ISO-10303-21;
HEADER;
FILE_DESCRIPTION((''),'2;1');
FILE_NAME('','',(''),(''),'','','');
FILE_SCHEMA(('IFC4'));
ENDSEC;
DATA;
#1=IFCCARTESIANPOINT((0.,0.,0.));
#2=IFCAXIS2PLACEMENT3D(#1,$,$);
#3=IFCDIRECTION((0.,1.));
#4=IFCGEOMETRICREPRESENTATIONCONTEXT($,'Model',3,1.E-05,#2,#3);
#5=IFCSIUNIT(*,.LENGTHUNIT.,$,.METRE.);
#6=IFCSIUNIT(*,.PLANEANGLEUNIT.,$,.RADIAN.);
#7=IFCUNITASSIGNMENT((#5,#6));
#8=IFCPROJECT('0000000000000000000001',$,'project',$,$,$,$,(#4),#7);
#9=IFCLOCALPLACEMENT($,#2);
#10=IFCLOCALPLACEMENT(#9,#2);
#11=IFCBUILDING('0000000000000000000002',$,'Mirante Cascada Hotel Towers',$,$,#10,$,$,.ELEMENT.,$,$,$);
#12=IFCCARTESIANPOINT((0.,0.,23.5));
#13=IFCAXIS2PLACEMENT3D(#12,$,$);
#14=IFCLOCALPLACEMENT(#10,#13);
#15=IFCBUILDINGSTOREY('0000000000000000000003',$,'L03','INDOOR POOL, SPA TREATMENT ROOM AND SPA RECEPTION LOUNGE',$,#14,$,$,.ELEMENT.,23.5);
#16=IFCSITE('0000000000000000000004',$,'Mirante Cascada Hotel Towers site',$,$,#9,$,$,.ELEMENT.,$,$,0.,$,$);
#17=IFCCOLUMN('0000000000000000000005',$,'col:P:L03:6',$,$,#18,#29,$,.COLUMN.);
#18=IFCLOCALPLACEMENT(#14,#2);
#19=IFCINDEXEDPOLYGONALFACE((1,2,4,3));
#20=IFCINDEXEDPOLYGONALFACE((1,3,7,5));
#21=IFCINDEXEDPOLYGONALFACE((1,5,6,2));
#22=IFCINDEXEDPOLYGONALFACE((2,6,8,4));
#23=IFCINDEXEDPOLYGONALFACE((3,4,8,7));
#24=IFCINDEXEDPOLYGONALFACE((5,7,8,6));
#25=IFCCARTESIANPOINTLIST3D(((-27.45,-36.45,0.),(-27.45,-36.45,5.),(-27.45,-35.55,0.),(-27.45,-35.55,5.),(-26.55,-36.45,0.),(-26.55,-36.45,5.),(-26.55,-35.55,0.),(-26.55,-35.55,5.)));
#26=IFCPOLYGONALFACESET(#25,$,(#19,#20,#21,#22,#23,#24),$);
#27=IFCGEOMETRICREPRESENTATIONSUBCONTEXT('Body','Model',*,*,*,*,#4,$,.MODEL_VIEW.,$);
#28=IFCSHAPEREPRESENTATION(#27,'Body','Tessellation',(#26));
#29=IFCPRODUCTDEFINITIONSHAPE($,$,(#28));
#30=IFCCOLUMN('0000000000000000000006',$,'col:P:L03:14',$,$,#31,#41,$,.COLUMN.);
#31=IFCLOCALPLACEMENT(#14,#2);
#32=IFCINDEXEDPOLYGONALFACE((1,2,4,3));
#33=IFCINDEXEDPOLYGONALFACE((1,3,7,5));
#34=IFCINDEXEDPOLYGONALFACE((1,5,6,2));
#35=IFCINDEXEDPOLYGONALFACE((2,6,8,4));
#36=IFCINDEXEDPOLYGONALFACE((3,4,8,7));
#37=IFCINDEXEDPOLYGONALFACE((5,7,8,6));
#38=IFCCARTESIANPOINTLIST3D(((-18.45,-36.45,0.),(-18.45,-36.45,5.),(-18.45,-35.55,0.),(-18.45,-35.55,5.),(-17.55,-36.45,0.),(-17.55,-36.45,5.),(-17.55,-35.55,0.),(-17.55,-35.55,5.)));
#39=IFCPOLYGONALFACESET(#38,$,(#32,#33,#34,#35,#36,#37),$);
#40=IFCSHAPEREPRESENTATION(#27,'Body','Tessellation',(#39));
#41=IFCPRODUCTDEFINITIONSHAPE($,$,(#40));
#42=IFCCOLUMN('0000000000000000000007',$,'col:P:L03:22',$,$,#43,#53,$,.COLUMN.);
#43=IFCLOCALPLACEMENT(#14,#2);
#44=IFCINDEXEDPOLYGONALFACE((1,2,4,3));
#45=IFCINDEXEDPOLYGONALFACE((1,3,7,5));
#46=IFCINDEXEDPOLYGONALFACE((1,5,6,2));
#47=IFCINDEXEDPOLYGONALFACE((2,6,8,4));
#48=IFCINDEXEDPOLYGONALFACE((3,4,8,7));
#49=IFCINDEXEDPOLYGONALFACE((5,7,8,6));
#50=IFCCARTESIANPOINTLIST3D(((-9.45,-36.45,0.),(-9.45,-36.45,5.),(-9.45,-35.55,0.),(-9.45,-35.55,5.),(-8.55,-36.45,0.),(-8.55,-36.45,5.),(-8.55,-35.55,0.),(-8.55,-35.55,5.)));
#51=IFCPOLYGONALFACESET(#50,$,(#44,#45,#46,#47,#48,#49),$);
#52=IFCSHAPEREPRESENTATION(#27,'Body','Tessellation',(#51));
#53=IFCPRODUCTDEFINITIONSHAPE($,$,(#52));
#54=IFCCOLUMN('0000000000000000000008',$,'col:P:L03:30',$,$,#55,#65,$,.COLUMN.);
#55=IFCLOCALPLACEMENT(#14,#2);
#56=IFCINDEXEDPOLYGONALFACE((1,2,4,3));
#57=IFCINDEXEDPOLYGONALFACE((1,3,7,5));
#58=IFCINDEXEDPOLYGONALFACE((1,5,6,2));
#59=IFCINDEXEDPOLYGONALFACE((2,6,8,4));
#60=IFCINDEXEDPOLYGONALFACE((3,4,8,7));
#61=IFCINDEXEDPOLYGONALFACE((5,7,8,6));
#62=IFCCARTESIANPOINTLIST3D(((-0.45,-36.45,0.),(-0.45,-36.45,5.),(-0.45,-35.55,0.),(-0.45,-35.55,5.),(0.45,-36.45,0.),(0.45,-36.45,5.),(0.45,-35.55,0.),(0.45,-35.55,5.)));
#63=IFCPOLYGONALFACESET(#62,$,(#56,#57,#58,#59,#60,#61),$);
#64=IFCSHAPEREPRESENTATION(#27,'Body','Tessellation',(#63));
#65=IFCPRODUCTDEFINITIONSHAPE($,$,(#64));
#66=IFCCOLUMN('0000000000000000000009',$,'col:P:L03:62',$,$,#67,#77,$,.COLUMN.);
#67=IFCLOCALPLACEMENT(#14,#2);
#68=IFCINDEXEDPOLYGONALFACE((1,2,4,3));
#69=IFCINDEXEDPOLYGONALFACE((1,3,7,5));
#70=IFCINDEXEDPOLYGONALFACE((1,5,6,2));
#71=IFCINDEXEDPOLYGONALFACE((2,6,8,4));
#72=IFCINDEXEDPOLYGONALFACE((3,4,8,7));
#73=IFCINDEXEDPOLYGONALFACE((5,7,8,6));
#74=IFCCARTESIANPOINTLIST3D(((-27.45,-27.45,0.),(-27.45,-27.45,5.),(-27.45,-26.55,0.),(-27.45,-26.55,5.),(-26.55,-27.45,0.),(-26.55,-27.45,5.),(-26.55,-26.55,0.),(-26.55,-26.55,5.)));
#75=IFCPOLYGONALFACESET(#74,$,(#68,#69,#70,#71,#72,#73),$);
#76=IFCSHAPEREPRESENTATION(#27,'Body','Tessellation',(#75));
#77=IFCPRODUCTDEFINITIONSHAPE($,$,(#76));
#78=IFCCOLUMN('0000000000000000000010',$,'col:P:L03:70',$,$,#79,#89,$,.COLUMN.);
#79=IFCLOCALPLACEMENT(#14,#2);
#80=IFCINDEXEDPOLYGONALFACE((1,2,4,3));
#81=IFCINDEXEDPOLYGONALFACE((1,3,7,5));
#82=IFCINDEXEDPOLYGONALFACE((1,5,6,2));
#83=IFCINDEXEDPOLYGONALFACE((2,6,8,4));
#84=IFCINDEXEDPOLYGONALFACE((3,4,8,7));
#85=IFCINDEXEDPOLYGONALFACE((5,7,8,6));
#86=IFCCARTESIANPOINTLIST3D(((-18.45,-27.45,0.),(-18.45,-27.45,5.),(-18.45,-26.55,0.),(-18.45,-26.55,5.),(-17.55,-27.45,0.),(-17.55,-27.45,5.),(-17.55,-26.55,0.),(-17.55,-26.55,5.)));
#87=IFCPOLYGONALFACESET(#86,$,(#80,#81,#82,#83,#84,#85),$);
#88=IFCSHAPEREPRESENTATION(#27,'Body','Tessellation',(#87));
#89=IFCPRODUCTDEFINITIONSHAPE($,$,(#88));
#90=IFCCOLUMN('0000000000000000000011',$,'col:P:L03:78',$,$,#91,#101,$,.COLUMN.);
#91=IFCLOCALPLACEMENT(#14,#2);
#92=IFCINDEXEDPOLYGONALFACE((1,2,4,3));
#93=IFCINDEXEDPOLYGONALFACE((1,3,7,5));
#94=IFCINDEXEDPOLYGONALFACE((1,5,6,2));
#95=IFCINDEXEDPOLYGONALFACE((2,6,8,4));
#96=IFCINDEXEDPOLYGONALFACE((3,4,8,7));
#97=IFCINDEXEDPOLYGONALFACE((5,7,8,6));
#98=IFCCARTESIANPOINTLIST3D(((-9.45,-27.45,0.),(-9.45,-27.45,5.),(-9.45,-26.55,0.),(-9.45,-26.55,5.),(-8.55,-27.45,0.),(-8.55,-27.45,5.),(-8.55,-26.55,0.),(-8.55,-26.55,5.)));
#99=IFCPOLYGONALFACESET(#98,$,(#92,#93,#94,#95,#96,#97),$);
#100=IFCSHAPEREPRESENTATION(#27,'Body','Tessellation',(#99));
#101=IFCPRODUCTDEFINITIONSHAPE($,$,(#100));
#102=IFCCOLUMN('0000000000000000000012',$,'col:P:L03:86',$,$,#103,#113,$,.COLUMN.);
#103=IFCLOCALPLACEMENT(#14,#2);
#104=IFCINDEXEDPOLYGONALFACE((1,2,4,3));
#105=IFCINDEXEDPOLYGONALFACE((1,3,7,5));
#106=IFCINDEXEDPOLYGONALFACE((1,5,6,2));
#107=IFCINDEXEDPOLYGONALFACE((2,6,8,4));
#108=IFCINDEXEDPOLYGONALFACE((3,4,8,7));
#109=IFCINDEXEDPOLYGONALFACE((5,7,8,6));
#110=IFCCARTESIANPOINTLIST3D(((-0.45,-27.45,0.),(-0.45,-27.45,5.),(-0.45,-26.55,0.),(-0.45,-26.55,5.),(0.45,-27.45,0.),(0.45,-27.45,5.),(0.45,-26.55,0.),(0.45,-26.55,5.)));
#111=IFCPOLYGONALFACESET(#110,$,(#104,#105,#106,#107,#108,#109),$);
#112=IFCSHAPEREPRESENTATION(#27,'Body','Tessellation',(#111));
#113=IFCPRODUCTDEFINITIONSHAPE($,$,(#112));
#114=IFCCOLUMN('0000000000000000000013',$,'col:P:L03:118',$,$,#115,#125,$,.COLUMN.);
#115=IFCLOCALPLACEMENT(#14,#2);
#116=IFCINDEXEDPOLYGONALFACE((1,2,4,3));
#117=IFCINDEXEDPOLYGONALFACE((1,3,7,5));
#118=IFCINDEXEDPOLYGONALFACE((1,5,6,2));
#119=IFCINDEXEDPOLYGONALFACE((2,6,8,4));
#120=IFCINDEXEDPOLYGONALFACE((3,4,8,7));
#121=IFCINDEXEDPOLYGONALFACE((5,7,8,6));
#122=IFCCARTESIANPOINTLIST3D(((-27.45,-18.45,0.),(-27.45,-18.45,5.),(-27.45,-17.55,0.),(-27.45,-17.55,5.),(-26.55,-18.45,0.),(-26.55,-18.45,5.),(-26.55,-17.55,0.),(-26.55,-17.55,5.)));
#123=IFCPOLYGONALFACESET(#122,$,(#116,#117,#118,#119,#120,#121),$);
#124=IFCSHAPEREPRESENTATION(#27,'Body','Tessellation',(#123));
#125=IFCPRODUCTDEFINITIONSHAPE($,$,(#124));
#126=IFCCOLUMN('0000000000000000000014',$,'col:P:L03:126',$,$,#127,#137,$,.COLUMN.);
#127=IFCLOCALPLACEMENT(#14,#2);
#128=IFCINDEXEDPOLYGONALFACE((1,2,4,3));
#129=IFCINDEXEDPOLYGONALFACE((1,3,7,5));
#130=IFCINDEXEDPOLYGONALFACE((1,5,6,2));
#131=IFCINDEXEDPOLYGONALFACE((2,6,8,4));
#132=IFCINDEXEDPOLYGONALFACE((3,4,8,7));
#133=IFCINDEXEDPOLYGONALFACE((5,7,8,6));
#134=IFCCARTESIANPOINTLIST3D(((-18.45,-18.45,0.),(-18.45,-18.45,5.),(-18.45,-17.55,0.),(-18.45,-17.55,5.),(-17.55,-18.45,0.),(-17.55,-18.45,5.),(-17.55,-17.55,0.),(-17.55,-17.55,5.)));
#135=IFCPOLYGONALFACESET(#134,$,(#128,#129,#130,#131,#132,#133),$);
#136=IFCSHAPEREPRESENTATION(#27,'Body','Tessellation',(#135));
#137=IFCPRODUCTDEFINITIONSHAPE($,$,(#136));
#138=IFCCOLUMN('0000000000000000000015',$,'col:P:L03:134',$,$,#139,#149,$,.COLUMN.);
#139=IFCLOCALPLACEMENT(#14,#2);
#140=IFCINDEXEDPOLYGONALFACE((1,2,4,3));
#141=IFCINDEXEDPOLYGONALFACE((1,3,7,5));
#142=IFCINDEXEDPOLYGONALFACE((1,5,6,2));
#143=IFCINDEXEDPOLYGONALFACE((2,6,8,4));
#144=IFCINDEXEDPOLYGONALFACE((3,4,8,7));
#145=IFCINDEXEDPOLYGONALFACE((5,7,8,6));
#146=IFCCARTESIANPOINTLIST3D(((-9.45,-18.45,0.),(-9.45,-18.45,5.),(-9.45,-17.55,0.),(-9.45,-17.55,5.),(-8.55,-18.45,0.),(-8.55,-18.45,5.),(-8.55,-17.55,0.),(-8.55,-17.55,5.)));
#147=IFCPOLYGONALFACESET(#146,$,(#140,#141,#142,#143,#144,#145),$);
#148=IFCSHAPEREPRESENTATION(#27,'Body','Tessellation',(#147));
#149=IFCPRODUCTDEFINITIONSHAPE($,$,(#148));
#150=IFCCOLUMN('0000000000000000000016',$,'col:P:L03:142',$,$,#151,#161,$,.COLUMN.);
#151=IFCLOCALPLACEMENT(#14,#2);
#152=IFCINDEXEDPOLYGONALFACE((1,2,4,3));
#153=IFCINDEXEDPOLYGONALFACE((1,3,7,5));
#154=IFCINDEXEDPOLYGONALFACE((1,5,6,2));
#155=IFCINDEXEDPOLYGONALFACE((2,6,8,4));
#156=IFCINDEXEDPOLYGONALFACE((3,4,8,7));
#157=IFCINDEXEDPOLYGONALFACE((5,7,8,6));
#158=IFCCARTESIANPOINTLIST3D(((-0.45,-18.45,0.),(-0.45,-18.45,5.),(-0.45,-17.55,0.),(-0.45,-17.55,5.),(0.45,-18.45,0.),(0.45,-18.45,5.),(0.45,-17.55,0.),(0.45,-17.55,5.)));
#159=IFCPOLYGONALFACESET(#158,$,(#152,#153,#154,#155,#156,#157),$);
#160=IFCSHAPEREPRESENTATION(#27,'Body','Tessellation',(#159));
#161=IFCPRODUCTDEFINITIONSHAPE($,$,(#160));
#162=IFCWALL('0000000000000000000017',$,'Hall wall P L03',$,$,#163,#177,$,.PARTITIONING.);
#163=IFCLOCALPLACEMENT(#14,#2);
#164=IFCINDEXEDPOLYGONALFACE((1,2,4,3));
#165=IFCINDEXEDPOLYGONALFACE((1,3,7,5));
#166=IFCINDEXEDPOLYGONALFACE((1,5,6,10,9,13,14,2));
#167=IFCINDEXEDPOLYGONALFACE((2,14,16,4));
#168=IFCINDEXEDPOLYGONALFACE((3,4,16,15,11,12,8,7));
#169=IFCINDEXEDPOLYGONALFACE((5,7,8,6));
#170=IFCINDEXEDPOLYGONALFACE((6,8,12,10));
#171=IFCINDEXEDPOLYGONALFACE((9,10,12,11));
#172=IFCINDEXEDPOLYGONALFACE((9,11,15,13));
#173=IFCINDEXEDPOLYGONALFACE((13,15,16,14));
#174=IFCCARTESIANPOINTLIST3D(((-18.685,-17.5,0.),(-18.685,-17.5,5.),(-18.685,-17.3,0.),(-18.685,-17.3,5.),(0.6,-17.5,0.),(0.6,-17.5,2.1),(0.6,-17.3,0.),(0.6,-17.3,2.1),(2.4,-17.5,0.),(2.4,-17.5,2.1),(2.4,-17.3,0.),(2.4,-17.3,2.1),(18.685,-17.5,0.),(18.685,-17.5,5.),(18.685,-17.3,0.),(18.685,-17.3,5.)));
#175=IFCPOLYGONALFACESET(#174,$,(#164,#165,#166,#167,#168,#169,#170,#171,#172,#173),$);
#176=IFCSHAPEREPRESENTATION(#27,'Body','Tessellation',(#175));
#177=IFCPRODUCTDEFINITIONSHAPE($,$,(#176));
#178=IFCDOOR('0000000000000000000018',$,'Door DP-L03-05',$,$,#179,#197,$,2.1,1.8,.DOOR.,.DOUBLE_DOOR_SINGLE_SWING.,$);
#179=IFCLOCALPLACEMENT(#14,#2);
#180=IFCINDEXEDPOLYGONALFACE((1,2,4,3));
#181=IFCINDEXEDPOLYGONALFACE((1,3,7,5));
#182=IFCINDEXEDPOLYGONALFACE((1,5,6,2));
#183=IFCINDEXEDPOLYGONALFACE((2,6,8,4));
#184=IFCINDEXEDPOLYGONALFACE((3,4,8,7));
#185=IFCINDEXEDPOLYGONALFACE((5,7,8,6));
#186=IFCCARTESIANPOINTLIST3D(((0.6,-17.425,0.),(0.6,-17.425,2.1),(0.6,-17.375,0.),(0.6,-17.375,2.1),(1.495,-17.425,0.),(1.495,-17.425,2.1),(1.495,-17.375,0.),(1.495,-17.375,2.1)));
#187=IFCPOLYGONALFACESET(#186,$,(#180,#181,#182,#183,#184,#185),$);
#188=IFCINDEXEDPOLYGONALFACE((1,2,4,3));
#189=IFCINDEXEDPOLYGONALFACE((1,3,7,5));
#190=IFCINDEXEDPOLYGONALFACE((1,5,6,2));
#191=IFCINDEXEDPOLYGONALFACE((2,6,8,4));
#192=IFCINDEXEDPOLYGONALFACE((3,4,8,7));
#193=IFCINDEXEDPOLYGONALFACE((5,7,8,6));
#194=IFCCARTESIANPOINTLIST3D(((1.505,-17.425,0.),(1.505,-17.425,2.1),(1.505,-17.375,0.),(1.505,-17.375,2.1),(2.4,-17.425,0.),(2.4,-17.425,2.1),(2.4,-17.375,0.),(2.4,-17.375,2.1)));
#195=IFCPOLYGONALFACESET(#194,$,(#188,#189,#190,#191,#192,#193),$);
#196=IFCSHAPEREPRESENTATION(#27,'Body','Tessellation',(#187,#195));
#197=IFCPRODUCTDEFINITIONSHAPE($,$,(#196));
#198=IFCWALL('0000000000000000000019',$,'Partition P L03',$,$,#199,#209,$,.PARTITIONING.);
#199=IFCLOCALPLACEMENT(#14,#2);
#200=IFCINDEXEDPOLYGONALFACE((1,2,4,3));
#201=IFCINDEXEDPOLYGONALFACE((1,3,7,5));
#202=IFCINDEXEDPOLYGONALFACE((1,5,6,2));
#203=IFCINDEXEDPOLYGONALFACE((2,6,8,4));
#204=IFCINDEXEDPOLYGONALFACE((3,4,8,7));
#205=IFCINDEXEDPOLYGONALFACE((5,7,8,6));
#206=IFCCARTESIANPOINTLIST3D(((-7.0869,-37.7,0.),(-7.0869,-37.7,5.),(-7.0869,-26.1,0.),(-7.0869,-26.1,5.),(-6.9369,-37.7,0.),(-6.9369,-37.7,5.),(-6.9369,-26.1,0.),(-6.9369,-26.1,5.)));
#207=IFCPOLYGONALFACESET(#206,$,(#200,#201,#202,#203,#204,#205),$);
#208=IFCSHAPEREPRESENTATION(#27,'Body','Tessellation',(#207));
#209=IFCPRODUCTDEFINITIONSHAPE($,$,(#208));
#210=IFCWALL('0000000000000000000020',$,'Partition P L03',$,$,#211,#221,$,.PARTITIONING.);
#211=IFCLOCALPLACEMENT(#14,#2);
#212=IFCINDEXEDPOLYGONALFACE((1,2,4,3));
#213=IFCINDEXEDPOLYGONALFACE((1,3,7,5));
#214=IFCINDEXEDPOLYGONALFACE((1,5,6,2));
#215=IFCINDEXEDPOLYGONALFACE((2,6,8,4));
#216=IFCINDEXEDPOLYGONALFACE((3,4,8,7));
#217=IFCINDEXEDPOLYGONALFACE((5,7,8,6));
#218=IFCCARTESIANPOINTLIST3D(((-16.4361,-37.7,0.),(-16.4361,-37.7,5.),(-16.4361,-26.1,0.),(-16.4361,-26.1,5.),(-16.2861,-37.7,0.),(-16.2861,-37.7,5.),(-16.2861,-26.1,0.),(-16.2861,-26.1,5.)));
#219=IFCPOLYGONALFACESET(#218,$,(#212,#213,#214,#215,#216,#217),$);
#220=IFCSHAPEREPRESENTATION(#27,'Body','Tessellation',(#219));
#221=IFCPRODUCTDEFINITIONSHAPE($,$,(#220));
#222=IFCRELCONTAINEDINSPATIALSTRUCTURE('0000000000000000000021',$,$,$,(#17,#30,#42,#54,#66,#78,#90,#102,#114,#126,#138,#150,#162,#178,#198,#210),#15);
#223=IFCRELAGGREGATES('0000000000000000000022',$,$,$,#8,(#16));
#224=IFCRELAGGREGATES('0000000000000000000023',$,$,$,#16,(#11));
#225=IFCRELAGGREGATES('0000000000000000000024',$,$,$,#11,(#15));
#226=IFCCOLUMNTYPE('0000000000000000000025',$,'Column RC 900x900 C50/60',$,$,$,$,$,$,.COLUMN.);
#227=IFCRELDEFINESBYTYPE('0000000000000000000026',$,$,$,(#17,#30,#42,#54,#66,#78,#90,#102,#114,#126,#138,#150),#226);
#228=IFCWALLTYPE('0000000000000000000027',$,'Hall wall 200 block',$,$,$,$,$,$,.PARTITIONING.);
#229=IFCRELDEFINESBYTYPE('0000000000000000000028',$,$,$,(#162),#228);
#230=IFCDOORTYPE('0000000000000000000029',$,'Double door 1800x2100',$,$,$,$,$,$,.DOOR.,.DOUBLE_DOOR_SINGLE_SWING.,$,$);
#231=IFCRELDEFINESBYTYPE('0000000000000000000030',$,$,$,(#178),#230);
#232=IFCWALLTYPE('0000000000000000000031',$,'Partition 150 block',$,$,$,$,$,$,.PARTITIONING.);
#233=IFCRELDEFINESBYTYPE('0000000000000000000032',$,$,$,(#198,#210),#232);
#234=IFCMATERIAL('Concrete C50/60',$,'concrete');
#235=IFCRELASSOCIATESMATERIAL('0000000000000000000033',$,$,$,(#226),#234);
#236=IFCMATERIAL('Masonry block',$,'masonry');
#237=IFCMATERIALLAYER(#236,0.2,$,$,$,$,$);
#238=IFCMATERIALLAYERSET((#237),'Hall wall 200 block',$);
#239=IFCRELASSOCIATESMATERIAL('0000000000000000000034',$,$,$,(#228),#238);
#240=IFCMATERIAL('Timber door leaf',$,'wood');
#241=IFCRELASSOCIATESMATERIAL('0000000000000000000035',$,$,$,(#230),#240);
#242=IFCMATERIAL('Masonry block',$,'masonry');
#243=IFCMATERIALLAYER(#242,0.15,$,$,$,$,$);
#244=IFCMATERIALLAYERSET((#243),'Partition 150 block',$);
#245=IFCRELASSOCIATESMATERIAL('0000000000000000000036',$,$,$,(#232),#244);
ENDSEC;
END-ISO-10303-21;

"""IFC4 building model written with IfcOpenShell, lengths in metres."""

from ifc_helpers import new_model, si_unit, direction, frame, frame_2d, origin, origin_2d, place, context, subcontext, project, spatial, rectangle, extrude, material, layer, layer_set, material_profile, profile_set, type_object, element, fill, save


model = new_model("IFC4")

# Units and contexts
model_context = context("Model", 3, precision=1e-05, world=origin(), true_north=direction((0.0, 1.0)))
body_context = subcontext(model_context, "Body", "Model", "MODEL_VIEW")
ifc_project = project(units=[si_unit("LENGTHUNIT", "METRE"), si_unit("PLANEANGLEUNIT", "RADIAN")], contexts=[model_context])

# Site, building, storey
site_placement = place(None, origin())
site = spatial("IfcSite", under=ifc_project, at=site_placement, Name="Mirante Cascada Hotel Towers site", CompositionType="ELEMENT", RefElevation=0.0)
building_placement = place(site_placement, origin())
building = spatial("IfcBuilding", under=site, at=building_placement, Name="Mirante Cascada Hotel Towers", CompositionType="ELEMENT")
storey_placement = place(building_placement, frame((0.0, 0.0, 23.5)))
storey = spatial("IfcBuildingStorey", under=building, at=storey_placement, Name="L03", Description="INDOOR POOL, SPA TREATMENT ROOM AND SPA RECEPTION LOUNGE", CompositionType="ELEMENT", Elevation=23.5)

# Columns
ifc_material_1 = material(Name="Concrete C50/60", Category="concrete")
ifc_material_profile = material_profile(ifc_material_1, rectangle(XDim=0.9, YDim=0.9, at=origin_2d()), Name="RC 900x900")
ifc_profile_set = profile_set([ifc_material_profile], Name="Concrete C50/60")
column_type = type_object("IfcColumnType", Name="Column RC 900x900 C50/60", PredefinedType="COLUMN", material=ifc_profile_set)
for number, where, z_axis, x_axis, name in (
    (1, (-27.0, -36.0, 0.0), (0.0, 0.0, 1.0), (1.0, 0.0, 0.0), "col:P:L03:6"),
    (2, (-18.0, -36.0, 0.0), (0.0, 0.0, 1.0), (1.0, 0.0, 0.0), "col:P:L03:14"),
    (3, (-9.0, -36.0, 0.0), (0.0, 0.0, 1.0), (1.0, 0.0, 0.0), "col:P:L03:22"),
    (4, (0.0, -36.0, 0.0), (0.0, 0.0, 1.0), (1.0, 0.0, 0.0), "col:P:L03:30"),
    (5, (-27.0, -27.0, 0.0), (0.0, 0.0, 1.0), (1.0, 0.0, 0.0), "col:P:L03:62"),
    (6, (-18.0, -27.0, 0.0), (0.0, 0.0, 1.0), (1.0, 0.0, 0.0), "col:P:L03:70"),
    (7, (-9.0, -27.0, 0.0), (0.0, 0.0, 1.0), (1.0, 0.0, 0.0), "col:P:L03:78"),
    (8, (0.0, -27.0, 0.0), (0.0, 0.0, 1.0), (1.0, 0.0, 0.0), "col:P:L03:86"),
    (9, (-27.0, -18.0, 0.0), (0.0, 0.0, 1.0), (1.0, 0.0, 0.0), "col:P:L03:118"),
    (10, (-18.0, -18.0, 0.0), (0.0, 0.0, 1.0), (1.0, 0.0, 0.0), "col:P:L03:126"),
    (11, (-9.0, -18.0, 0.0), (0.0, 0.0, 1.0), (1.0, 0.0, 0.0), "col:P:L03:134"),
    (12, (0.0, -18.0, 0.0), (0.0, 0.0, 1.0), (1.0, 0.0, 0.0), "col:P:L03:142"),
):
    element("IfcColumn", number, at=place(storey_placement, frame(where, z_axis=z_axis, x_axis=x_axis)), inside=storey, type_object=column_type, Name=name, PredefinedType="COLUMN", context=body_context, shape_type="SweptSolid", body=[
        extrude(rectangle(XDim=0.9, YDim=0.9, at=origin_2d()), origin(), (0.0, 0.0, 1.0), 5.0),
    ])

# Wall, opening, door
ifc_material_2 = material(Name="Masonry block", Category="masonry")
ifc_layer_1 = layer(ifc_material_2, 0.2)
ifc_layer_set_1 = layer_set([ifc_layer_1], Name="Hall wall 200 block")
wall_type_1 = type_object("IfcWallType", Name="Hall wall 200 block", PredefinedType="PARTITIONING", material=ifc_layer_set_1)
wall_1_placement = place(storey_placement, frame((-18.685, -17.4, 0.0), z_axis=(0.0, 0.0, 1.0), x_axis=(1.0, 0.0, 0.0)))
wall_1 = element("IfcWall", 13, at=wall_1_placement, inside=storey, type_object=wall_type_1, Name="Hall wall P L03", PredefinedType="PARTITIONING", context=body_context, shape_type="SweptSolid", body=[
    extrude(rectangle(XDim=37.37, YDim=0.2, at=frame_2d((18.685, 0.0))), origin(), (0.0, 0.0, 1.0), 5.0),
])
opening_1_placement = place(wall_1_placement, frame((19.285, 0.0, 0.0)))
opening_1 = element("IfcOpeningElement", 14, at=opening_1_placement, cuts=wall_1, PredefinedType="OPENING", context=body_context, shape_type="SweptSolid", body=[
    extrude(rectangle(XDim=1.8, YDim=2.1, at=frame_2d((0.9, 1.05))), frame((0.0, 0.1, 0.0), z_axis=(0.0, -1.0, 0.0), x_axis=(1.0, 0.0, 0.0)), (0.0, 0.0, 1.0), 0.2),
])
ifc_material_3 = material(Name="Timber door leaf", Category="wood")
door_type_1 = type_object("IfcDoorType", Name="Double door 1800x2100", OperationType="DOUBLE_DOOR_SINGLE_SWING", PredefinedType="DOOR", material=ifc_material_3)
door_1_placement = place(opening_1_placement, origin())
door_1 = element("IfcDoor", 15, at=door_1_placement, inside=storey, type_object=door_type_1, Name="Door DP-L03-05", OperationType="DOUBLE_DOOR_SINGLE_SWING", OverallHeight=2.1, OverallWidth=1.8, PredefinedType="DOOR", context=body_context, shape_type="SweptSolid", body=[
    extrude(rectangle(XDim=0.895, YDim=2.1, at=frame_2d((0.4475, 1.05))), frame((0.0, 0.025, 0.0), z_axis=(0.0, -1.0, 0.0), x_axis=(1.0, 0.0, 0.0)), (0.0, 0.0, 1.0), 0.05),
    extrude(rectangle(XDim=0.895, YDim=2.1, at=frame_2d((1.3525, 1.05))), frame((0.0, 0.025, 0.0), z_axis=(0.0, -1.0, 0.0), x_axis=(1.0, 0.0, 0.0)), (0.0, 0.0, 1.0), 0.05),
])
fill(opening_1, door_1)

# Walls
ifc_material_4 = material(Name="Masonry block", Category="masonry")
ifc_layer_2 = layer(ifc_material_4, 0.15)
ifc_layer_set_2 = layer_set([ifc_layer_2], Name="Partition 150 block")
wall_type_2 = type_object("IfcWallType", Name="Partition 150 block", PredefinedType="PARTITIONING", material=ifc_layer_set_2)
for number, where, z_axis, x_axis, name in (
    (16, (-7.0119, -37.7, 0.0), (0.0, 0.0, 1.0), (0.0, 1.0, 0.0), "Partition P L03"),
    (17, (-16.3611, -37.7, 0.0), (0.0, 0.0, 1.0), (0.0, 1.0, 0.0), "Partition P L03"),
):
    element("IfcWall", number, at=place(storey_placement, frame(where, z_axis=z_axis, x_axis=x_axis)), inside=storey, type_object=wall_type_2, Name=name, PredefinedType="PARTITIONING", context=body_context, shape_type="SweptSolid", body=[
        extrude(rectangle(XDim=11.6, YDim=0.15, at=frame_2d((5.8, 0.0))), origin(), (0.0, 0.0, 1.0), 5.0),
    ])

save(model, "model.ifc")
